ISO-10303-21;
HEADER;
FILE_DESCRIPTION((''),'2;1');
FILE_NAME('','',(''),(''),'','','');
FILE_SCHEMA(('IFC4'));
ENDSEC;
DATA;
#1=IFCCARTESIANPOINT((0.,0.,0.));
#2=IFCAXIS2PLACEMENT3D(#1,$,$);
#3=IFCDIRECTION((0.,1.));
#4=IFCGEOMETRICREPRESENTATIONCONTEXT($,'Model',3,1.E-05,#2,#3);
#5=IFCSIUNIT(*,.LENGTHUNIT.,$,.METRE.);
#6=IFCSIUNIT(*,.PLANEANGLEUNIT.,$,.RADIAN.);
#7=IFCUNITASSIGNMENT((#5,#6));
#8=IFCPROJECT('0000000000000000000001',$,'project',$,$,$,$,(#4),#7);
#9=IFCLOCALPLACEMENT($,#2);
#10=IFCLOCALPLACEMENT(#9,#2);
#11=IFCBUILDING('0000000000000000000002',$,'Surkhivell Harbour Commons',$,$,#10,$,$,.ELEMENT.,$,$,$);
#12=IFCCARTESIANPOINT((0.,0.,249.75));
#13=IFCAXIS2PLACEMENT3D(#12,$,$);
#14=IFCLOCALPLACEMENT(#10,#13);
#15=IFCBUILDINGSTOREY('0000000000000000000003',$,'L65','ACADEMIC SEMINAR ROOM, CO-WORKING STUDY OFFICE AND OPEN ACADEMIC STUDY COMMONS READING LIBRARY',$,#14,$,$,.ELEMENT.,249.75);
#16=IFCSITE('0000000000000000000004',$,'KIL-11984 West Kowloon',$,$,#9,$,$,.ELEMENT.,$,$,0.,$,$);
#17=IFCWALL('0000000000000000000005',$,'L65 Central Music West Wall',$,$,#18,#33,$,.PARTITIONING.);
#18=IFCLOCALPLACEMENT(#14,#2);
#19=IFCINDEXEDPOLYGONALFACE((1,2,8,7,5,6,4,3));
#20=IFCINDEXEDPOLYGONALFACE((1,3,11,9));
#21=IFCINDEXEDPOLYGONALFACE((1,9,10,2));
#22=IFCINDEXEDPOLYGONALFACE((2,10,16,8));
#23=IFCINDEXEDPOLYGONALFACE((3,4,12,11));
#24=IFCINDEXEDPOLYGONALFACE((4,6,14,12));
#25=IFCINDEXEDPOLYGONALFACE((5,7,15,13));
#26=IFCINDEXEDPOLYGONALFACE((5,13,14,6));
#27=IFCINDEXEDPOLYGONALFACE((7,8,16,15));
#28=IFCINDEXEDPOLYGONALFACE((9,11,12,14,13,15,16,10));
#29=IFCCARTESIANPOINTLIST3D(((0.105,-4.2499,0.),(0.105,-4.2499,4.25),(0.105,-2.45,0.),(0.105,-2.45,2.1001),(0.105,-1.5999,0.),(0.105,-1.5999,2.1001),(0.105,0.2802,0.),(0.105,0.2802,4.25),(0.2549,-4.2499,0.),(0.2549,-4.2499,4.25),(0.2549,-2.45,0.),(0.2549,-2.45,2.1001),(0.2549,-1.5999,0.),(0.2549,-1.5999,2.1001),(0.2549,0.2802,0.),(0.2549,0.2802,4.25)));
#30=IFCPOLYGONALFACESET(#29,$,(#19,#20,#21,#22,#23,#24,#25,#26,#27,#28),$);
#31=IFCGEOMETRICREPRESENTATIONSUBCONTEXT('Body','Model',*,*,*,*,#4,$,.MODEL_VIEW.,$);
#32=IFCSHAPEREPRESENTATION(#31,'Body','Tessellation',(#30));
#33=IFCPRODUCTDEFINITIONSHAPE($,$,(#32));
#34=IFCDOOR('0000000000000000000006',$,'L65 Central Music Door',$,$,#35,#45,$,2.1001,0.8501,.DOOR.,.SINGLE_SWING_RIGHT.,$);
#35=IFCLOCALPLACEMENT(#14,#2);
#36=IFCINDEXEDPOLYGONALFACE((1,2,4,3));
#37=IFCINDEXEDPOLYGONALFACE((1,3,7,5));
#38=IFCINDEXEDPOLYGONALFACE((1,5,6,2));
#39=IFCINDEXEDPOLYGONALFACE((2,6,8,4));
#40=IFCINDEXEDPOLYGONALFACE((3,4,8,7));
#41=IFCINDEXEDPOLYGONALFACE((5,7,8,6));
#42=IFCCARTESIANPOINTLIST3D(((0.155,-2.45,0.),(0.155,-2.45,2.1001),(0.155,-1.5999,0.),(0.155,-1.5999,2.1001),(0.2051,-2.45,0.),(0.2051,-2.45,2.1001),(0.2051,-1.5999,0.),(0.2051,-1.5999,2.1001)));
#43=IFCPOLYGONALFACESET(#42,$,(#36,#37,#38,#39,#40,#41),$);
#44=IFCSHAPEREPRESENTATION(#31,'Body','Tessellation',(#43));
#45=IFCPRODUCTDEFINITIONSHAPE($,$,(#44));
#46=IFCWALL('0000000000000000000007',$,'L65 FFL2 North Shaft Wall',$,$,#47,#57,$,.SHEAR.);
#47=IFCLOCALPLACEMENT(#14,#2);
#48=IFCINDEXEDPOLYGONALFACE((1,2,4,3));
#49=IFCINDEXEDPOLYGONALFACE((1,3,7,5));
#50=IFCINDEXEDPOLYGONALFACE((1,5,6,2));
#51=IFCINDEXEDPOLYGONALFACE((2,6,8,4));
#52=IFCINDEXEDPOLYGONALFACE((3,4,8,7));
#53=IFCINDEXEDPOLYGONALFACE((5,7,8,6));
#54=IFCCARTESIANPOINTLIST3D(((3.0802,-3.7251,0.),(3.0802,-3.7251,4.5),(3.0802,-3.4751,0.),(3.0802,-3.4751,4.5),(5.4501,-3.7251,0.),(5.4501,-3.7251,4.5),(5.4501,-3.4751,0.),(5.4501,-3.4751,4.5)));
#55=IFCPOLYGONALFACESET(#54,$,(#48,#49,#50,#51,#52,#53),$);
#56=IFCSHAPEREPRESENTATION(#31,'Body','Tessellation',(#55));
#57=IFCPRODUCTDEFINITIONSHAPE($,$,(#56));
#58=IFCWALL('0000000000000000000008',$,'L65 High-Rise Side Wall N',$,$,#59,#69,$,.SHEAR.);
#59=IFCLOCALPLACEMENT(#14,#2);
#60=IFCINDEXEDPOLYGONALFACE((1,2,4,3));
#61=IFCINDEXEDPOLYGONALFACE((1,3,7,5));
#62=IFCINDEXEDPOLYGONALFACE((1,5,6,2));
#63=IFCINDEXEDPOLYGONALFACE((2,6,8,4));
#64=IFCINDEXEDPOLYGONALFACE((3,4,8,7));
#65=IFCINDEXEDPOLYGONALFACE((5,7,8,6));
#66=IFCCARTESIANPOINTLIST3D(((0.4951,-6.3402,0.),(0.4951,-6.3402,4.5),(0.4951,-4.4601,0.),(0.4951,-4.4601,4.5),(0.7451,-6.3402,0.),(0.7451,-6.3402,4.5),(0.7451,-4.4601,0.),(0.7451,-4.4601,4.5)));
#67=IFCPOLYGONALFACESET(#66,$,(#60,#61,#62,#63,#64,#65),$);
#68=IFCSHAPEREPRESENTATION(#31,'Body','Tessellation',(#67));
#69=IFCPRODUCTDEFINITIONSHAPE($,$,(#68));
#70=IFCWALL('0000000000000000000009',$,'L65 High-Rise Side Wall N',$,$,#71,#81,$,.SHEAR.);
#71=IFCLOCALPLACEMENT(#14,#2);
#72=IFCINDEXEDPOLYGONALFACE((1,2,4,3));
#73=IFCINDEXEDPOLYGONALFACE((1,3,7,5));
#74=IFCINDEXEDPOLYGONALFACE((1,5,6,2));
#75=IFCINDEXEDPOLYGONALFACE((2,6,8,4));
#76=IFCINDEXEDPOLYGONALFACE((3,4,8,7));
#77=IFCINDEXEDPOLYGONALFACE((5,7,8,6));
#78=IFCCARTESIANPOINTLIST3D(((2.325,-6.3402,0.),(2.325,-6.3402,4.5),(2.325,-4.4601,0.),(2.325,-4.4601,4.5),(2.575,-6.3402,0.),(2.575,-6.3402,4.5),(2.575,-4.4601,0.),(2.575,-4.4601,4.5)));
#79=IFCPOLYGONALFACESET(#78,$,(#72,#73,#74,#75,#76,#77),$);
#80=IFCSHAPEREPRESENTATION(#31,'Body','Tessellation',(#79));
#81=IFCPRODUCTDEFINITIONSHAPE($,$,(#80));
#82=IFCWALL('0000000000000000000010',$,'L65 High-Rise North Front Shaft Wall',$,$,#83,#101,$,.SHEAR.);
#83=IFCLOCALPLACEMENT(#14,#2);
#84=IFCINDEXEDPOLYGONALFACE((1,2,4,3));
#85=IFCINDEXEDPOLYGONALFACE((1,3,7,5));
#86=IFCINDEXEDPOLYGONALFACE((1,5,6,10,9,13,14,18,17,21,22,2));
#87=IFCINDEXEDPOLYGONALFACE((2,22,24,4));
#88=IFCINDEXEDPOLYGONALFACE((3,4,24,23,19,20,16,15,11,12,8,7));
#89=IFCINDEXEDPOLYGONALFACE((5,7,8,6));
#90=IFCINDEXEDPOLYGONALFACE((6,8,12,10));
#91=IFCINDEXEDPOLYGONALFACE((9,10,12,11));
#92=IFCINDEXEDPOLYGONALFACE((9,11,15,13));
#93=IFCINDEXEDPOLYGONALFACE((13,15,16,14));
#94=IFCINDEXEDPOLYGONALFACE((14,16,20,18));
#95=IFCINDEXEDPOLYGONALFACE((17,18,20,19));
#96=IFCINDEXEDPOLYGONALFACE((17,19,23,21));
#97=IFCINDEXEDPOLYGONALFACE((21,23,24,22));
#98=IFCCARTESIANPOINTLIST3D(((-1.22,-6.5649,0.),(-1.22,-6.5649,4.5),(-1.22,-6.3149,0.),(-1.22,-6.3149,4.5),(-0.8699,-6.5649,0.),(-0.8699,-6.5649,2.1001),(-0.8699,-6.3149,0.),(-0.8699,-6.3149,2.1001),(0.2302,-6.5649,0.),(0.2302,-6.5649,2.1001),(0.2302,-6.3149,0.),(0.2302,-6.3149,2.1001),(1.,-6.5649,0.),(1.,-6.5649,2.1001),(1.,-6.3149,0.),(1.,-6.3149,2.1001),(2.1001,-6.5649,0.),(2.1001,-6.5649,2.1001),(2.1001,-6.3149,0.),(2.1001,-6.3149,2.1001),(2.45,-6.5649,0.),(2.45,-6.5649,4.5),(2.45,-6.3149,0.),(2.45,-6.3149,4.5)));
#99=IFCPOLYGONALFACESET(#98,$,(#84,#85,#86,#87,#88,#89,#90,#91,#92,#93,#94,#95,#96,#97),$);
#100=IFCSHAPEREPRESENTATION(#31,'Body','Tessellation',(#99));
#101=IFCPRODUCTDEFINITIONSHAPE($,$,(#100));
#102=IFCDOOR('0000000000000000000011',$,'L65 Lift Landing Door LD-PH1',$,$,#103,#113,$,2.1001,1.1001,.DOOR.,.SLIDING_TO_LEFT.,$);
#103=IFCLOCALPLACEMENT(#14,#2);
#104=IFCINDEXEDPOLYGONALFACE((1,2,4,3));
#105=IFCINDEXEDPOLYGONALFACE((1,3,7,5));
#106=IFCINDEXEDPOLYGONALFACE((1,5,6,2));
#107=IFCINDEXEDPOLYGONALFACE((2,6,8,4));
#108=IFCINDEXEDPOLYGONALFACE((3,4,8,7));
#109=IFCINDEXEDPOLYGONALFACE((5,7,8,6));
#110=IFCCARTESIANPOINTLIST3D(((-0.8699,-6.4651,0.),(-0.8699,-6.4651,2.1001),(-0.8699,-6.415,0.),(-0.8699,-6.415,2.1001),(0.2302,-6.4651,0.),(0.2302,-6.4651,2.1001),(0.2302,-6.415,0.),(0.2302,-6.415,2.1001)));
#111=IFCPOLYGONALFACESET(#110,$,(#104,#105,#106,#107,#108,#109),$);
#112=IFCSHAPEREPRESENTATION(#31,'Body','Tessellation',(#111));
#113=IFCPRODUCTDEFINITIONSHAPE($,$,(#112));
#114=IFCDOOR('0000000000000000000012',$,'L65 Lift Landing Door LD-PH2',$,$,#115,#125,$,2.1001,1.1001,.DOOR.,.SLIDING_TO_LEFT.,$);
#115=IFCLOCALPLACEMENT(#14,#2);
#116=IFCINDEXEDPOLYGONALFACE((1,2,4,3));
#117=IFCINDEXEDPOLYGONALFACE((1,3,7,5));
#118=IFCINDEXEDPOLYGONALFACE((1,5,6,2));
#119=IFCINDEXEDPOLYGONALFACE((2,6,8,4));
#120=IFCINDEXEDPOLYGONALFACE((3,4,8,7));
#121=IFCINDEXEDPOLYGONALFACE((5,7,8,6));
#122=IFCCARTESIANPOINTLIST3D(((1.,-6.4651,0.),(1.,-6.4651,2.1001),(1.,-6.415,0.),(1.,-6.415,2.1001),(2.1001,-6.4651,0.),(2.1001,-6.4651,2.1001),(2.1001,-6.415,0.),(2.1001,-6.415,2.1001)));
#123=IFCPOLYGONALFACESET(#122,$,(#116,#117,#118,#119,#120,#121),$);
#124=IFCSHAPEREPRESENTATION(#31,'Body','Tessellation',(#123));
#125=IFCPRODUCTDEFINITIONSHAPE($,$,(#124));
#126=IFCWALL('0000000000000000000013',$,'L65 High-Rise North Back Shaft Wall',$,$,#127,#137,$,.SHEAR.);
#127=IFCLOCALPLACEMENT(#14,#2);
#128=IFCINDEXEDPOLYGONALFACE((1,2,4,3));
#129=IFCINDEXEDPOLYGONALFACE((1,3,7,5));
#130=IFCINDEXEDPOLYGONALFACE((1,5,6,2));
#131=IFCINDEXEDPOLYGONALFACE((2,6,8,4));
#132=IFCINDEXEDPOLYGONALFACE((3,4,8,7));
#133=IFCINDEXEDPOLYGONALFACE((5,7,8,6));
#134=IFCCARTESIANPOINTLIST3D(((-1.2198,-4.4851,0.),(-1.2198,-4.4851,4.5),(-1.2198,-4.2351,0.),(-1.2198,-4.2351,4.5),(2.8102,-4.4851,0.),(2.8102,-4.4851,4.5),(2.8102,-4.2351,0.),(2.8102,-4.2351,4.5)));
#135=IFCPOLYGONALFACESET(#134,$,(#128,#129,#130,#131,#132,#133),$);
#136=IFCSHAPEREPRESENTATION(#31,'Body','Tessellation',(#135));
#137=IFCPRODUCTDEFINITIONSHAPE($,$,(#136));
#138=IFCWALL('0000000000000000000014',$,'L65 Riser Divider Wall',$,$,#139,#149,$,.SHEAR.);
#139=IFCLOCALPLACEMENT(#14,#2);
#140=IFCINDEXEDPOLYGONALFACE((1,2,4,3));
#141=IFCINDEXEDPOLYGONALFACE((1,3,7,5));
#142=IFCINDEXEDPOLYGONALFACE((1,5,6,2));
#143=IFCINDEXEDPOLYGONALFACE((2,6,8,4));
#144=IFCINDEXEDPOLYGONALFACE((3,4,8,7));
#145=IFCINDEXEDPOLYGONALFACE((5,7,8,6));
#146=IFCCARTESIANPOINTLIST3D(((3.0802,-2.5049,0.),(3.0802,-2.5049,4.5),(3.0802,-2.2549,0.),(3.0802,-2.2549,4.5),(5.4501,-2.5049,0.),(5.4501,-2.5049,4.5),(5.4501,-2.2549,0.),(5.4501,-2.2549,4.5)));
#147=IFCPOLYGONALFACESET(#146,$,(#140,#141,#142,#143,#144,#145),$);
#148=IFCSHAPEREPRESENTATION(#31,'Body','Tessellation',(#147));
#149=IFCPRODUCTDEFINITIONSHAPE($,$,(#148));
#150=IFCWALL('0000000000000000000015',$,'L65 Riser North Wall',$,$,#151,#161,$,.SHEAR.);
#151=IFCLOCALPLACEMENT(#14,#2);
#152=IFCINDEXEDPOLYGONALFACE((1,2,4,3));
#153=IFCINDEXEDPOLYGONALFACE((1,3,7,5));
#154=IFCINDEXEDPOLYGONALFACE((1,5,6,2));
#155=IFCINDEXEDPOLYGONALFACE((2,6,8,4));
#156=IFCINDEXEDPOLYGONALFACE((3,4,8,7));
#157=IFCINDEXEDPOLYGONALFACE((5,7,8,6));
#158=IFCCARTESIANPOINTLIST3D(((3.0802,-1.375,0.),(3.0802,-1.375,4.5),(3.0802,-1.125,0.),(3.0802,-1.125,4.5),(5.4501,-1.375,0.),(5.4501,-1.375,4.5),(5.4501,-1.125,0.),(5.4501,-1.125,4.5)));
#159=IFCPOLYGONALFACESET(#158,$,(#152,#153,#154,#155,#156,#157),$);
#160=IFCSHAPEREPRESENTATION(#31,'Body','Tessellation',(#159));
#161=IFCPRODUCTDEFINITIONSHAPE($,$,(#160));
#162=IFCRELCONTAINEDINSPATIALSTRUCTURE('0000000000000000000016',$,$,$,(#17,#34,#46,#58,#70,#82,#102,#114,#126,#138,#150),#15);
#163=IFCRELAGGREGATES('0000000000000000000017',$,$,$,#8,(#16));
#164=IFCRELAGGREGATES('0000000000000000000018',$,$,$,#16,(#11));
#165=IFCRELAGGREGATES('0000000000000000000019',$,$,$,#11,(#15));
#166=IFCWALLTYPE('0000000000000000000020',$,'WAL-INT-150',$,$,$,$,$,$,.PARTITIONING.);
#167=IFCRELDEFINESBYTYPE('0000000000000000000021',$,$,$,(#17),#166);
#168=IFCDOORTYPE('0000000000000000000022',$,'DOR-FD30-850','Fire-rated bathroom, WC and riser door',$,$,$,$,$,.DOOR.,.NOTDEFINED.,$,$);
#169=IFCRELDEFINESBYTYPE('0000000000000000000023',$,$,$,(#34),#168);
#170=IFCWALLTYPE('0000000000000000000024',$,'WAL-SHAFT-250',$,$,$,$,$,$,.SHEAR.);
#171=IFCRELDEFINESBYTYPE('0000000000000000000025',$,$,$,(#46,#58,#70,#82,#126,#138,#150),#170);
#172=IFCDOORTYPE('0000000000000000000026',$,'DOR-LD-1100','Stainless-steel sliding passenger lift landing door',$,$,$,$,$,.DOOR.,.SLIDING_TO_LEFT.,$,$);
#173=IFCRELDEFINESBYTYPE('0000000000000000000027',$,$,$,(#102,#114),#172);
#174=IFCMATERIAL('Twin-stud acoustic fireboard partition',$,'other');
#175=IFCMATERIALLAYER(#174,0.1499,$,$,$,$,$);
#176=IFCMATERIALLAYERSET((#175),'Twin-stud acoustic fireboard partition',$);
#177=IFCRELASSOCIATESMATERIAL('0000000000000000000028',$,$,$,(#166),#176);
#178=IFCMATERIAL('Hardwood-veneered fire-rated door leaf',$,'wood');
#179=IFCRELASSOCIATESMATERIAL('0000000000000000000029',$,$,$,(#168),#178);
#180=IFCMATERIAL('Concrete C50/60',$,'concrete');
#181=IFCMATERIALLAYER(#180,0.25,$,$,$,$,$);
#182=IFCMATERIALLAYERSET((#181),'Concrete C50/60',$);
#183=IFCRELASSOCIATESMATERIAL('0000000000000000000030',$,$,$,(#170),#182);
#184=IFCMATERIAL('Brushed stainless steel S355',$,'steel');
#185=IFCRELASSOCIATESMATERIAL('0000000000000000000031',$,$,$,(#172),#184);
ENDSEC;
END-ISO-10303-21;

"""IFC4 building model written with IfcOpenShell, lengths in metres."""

from ifc_helpers import new_model, si_unit, direction, frame, frame_2d, origin, place, context, subcontext, project, spatial, rectangle, extrude, material, layer, layer_set, type_object, element, fill, save


model = new_model("IFC4")

# Units and contexts
model_context = context("Model", 3, precision=1e-05, world=origin(), true_north=direction((0.0, 1.0)))
body_context = subcontext(model_context, "Body", "Model", "MODEL_VIEW")
ifc_project = project(units=[si_unit("LENGTHUNIT", "METRE"), si_unit("PLANEANGLEUNIT", "RADIAN")], contexts=[model_context])

# Site, building, storey
site_placement = place(None, origin())
site = spatial("IfcSite", under=ifc_project, at=site_placement, Name="KIL-11984 West Kowloon", CompositionType="ELEMENT", RefElevation=0.0)
building_placement = place(site_placement, origin())
building = spatial("IfcBuilding", under=site, at=building_placement, Name="Surkhivell Harbour Commons", CompositionType="ELEMENT")
storey_placement = place(building_placement, frame((0.0, 0.0, 249.75)))
storey = spatial("IfcBuildingStorey", under=building, at=storey_placement, Name="L65", Description="ACADEMIC SEMINAR ROOM, CO-WORKING STUDY OFFICE AND OPEN ACADEMIC STUDY COMMONS READING LIBRARY", CompositionType="ELEMENT", Elevation=249.75)

# Shared definitions
ifc_material_1 = material(Name="Concrete C50/60", Category="concrete")

# Shared definitions
ifc_material_2 = material(Name="Twin-stud acoustic fireboard partition", Category="other")
ifc_layer_1 = layer(ifc_material_2, 0.1499)
ifc_layer_set_1 = layer_set([ifc_layer_1], Name="Twin-stud acoustic fireboard partition")
wall_type_1 = type_object("IfcWallType", Name="WAL-INT-150", PredefinedType="PARTITIONING", material=ifc_layer_set_1)

# Wall, opening, door
wall_1_placement = place(storey_placement, frame((0.1799, -4.25, 0.0), z_axis=(0.0, 0.0, 1.0), x_axis=(0.0, 1.0, 0.0)))
wall_1 = element("IfcWall", 1, at=wall_1_placement, inside=storey, type_object=wall_type_1, Name="L65 Central Music West Wall", PredefinedType="PARTITIONING", context=body_context, shape_type="SweptSolid", body=[
    extrude(rectangle(XDim=4.53, YDim=0.1499, at=frame_2d((2.2651, 0.0))), origin(), (0.0, 0.0, 1.0), 4.25),
])
opening_1_placement = place(wall_1_placement, frame((1.8, 0.0, 0.0)))
opening_1 = element("IfcOpeningElement", 2, at=opening_1_placement, cuts=wall_1, PredefinedType="OPENING", context=body_context, shape_type="SweptSolid", body=[
    extrude(rectangle(XDim=0.8501, YDim=2.1001, at=frame_2d((0.425, 1.05))), frame((0.0, 0.085, 0.0), z_axis=(0.0, -1.0, 0.0), x_axis=(1.0, 0.0, 0.0)), (0.0, 0.0, 1.0), 0.1699),
])
ifc_material_3 = material(Name="Hardwood-veneered fire-rated door leaf", Category="wood")
door_type_1 = type_object("IfcDoorType", Name="DOR-FD30-850", Description="Fire-rated bathroom, WC and riser door", OperationType="NOTDEFINED", PredefinedType="DOOR", material=ifc_material_3)
door_1_placement = place(opening_1_placement, origin())
door_1 = element("IfcDoor", 3, at=door_1_placement, inside=storey, type_object=door_type_1, Name="L65 Central Music Door", OperationType="SINGLE_SWING_RIGHT", OverallHeight=2.1001, OverallWidth=0.8501, PredefinedType="DOOR", context=body_context, shape_type="SweptSolid", body=[
    extrude(rectangle(XDim=0.8501, YDim=2.1001, at=frame_2d((0.425, 1.05))), frame((0.0, 0.0249, 0.0), z_axis=(0.0, -1.0, 0.0), x_axis=(1.0, 0.0, 0.0)), (0.0, 0.0, 1.0), 0.05),
])
fill(opening_1, door_1)

# Walls
ifc_layer_2 = layer(ifc_material_1, 0.25)
ifc_layer_set_2 = layer_set([ifc_layer_2], Name="Concrete C50/60")
wall_type_2 = type_object("IfcWallType", Name="WAL-SHAFT-250", PredefinedType="SHEAR", material=ifc_layer_set_2)
wall_2_placement = place(storey_placement, frame((3.0801, -3.6001, 0.0), z_axis=(0.0, 0.0, 1.0), x_axis=(1.0, 0.0, 0.0)))
element("IfcWall", 4, at=wall_2_placement, inside=storey, type_object=wall_type_2, Name="L65 FFL2 North Shaft Wall", PredefinedType="SHEAR", context=body_context, shape_type="SweptSolid", body=[
    extrude(rectangle(XDim=2.3699, YDim=0.25, at=frame_2d((1.1851, 0.0))), origin(), (0.0, 0.0, 1.0), 4.5),
])
for number, where, z_axis, x_axis, name in (
    (5, (0.6201, -6.3401, 0.0), (0.0, 0.0, 1.0), (0.0, 1.0, 0.0), "L65 High-Rise Side Wall N"),
    (6, (2.45, -6.3401, 0.0), (0.0, 0.0, 1.0), (0.0, 1.0, 0.0), "L65 High-Rise Side Wall N"),
):
    element("IfcWall", number, at=place(storey_placement, frame(where, z_axis=z_axis, x_axis=x_axis)), inside=storey, type_object=wall_type_2, Name=name, PredefinedType="SHEAR", context=body_context, shape_type="SweptSolid", body=[
        extrude(rectangle(XDim=1.8801, YDim=0.25, at=frame_2d((0.9399, 0.0))), origin(), (0.0, 0.0, 1.0), 4.5),
    ])

# Wall, openings, doors
wall_3_placement = place(storey_placement, frame((-1.22, -6.4399, 0.0), z_axis=(0.0, 0.0, 1.0), x_axis=(1.0, 0.0, 0.0)))
wall_3 = element("IfcWall", 7, at=wall_3_placement, inside=storey, type_object=wall_type_2, Name="L65 High-Rise North Front Shaft Wall", PredefinedType="SHEAR", context=body_context, shape_type="SweptSolid", body=[
    extrude(rectangle(XDim=3.6699, YDim=0.25, at=frame_2d((1.835, 0.0))), origin(), (0.0, 0.0, 1.0), 4.5),
])
opening_2_placement = place(wall_3_placement, frame((0.3501, 0.0, 0.0)))
opening_2 = element("IfcOpeningElement", 8, at=opening_2_placement, cuts=wall_3, PredefinedType="OPENING", context=body_context, shape_type="SweptSolid", body=[
    extrude(rectangle(XDim=1.1001, YDim=2.1001, at=frame_2d((0.55, 1.05))), frame((0.0, 0.135, 0.0), z_axis=(0.0, -1.0, 0.0), x_axis=(1.0, 0.0, 0.0)), (0.0, 0.0, 1.0), 0.27),
])
opening_3_placement = place(wall_3_placement, frame((2.22, 0.0, 0.0)))
opening_3 = element("IfcOpeningElement", 9, at=opening_3_placement, cuts=wall_3, PredefinedType="OPENING", context=body_context, shape_type="SweptSolid", body=[
    extrude(rectangle(XDim=1.1001, YDim=2.1001, at=frame_2d((0.55, 1.05))), frame((0.0, 0.135, 0.0), z_axis=(0.0, -1.0, 0.0), x_axis=(1.0, 0.0, 0.0)), (0.0, 0.0, 1.0), 0.27),
])
ifc_material_4 = material(Name="Brushed stainless steel S355", Category="steel")
door_type_2 = type_object("IfcDoorType", Name="DOR-LD-1100", Description="Stainless-steel sliding passenger lift landing door", OperationType="SLIDING_TO_LEFT", PredefinedType="DOOR", material=ifc_material_4)
door_2_placement = place(opening_2_placement, origin())
door_2 = element("IfcDoor", 10, at=door_2_placement, inside=storey, type_object=door_type_2, Name="L65 Lift Landing Door LD-PH1", OperationType="SLIDING_TO_LEFT", OverallHeight=2.1001, OverallWidth=1.1001, PredefinedType="DOOR", context=body_context, shape_type="SweptSolid", body=[
    extrude(rectangle(XDim=1.1001, YDim=2.1001, at=frame_2d((0.55, 1.05))), frame((0.0, 0.0249, 0.0), z_axis=(0.0, -1.0, 0.0), x_axis=(1.0, 0.0, 0.0)), (0.0, 0.0, 1.0), 0.05),
])
fill(opening_2, door_2)
door_3_placement = place(opening_3_placement, origin())
door_3 = element("IfcDoor", 11, at=door_3_placement, inside=storey, type_object=door_type_2, Name="L65 Lift Landing Door LD-PH2", OperationType="SLIDING_TO_LEFT", OverallHeight=2.1001, OverallWidth=1.1001, PredefinedType="DOOR", context=body_context, shape_type="SweptSolid", body=[
    extrude(rectangle(XDim=1.1001, YDim=2.1001, at=frame_2d((0.55, 1.05))), frame((0.0, 0.0249, 0.0), z_axis=(0.0, -1.0, 0.0), x_axis=(1.0, 0.0, 0.0)), (0.0, 0.0, 1.0), 0.05),
])
fill(opening_3, door_3)

# Walls
wall_4_placement = place(storey_placement, frame((-1.22, -4.3601, 0.0), z_axis=(0.0, 0.0, 1.0), x_axis=(1.0, 0.0, 0.0)))
element("IfcWall", 12, at=wall_4_placement, inside=storey, type_object=wall_type_2, Name="L65 High-Rise North Back Shaft Wall", PredefinedType="SHEAR", context=body_context, shape_type="SweptSolid", body=[
    extrude(rectangle(XDim=4.03, YDim=0.25, at=frame_2d((2.0151, 0.0))), origin(), (0.0, 0.0, 1.0), 4.5),
])
for number, where, z_axis, x_axis, name in (
    (13, (3.0801, -2.3799, 0.0), (0.0, 0.0, 1.0), (1.0, 0.0, 0.0), "L65 Riser Divider Wall"),
    (14, (3.0801, -1.25, 0.0), (0.0, 0.0, 1.0), (1.0, 0.0, 0.0), "L65 Riser North Wall"),
):
    element("IfcWall", number, at=place(storey_placement, frame(where, z_axis=z_axis, x_axis=x_axis)), inside=storey, type_object=wall_type_2, Name=name, PredefinedType="SHEAR", context=body_context, shape_type="SweptSolid", body=[
        extrude(rectangle(XDim=2.3699, YDim=0.25, at=frame_2d((1.1851, 0.0))), origin(), (0.0, 0.0, 1.0), 4.5),
    ])

save(model, "model.ifc")
